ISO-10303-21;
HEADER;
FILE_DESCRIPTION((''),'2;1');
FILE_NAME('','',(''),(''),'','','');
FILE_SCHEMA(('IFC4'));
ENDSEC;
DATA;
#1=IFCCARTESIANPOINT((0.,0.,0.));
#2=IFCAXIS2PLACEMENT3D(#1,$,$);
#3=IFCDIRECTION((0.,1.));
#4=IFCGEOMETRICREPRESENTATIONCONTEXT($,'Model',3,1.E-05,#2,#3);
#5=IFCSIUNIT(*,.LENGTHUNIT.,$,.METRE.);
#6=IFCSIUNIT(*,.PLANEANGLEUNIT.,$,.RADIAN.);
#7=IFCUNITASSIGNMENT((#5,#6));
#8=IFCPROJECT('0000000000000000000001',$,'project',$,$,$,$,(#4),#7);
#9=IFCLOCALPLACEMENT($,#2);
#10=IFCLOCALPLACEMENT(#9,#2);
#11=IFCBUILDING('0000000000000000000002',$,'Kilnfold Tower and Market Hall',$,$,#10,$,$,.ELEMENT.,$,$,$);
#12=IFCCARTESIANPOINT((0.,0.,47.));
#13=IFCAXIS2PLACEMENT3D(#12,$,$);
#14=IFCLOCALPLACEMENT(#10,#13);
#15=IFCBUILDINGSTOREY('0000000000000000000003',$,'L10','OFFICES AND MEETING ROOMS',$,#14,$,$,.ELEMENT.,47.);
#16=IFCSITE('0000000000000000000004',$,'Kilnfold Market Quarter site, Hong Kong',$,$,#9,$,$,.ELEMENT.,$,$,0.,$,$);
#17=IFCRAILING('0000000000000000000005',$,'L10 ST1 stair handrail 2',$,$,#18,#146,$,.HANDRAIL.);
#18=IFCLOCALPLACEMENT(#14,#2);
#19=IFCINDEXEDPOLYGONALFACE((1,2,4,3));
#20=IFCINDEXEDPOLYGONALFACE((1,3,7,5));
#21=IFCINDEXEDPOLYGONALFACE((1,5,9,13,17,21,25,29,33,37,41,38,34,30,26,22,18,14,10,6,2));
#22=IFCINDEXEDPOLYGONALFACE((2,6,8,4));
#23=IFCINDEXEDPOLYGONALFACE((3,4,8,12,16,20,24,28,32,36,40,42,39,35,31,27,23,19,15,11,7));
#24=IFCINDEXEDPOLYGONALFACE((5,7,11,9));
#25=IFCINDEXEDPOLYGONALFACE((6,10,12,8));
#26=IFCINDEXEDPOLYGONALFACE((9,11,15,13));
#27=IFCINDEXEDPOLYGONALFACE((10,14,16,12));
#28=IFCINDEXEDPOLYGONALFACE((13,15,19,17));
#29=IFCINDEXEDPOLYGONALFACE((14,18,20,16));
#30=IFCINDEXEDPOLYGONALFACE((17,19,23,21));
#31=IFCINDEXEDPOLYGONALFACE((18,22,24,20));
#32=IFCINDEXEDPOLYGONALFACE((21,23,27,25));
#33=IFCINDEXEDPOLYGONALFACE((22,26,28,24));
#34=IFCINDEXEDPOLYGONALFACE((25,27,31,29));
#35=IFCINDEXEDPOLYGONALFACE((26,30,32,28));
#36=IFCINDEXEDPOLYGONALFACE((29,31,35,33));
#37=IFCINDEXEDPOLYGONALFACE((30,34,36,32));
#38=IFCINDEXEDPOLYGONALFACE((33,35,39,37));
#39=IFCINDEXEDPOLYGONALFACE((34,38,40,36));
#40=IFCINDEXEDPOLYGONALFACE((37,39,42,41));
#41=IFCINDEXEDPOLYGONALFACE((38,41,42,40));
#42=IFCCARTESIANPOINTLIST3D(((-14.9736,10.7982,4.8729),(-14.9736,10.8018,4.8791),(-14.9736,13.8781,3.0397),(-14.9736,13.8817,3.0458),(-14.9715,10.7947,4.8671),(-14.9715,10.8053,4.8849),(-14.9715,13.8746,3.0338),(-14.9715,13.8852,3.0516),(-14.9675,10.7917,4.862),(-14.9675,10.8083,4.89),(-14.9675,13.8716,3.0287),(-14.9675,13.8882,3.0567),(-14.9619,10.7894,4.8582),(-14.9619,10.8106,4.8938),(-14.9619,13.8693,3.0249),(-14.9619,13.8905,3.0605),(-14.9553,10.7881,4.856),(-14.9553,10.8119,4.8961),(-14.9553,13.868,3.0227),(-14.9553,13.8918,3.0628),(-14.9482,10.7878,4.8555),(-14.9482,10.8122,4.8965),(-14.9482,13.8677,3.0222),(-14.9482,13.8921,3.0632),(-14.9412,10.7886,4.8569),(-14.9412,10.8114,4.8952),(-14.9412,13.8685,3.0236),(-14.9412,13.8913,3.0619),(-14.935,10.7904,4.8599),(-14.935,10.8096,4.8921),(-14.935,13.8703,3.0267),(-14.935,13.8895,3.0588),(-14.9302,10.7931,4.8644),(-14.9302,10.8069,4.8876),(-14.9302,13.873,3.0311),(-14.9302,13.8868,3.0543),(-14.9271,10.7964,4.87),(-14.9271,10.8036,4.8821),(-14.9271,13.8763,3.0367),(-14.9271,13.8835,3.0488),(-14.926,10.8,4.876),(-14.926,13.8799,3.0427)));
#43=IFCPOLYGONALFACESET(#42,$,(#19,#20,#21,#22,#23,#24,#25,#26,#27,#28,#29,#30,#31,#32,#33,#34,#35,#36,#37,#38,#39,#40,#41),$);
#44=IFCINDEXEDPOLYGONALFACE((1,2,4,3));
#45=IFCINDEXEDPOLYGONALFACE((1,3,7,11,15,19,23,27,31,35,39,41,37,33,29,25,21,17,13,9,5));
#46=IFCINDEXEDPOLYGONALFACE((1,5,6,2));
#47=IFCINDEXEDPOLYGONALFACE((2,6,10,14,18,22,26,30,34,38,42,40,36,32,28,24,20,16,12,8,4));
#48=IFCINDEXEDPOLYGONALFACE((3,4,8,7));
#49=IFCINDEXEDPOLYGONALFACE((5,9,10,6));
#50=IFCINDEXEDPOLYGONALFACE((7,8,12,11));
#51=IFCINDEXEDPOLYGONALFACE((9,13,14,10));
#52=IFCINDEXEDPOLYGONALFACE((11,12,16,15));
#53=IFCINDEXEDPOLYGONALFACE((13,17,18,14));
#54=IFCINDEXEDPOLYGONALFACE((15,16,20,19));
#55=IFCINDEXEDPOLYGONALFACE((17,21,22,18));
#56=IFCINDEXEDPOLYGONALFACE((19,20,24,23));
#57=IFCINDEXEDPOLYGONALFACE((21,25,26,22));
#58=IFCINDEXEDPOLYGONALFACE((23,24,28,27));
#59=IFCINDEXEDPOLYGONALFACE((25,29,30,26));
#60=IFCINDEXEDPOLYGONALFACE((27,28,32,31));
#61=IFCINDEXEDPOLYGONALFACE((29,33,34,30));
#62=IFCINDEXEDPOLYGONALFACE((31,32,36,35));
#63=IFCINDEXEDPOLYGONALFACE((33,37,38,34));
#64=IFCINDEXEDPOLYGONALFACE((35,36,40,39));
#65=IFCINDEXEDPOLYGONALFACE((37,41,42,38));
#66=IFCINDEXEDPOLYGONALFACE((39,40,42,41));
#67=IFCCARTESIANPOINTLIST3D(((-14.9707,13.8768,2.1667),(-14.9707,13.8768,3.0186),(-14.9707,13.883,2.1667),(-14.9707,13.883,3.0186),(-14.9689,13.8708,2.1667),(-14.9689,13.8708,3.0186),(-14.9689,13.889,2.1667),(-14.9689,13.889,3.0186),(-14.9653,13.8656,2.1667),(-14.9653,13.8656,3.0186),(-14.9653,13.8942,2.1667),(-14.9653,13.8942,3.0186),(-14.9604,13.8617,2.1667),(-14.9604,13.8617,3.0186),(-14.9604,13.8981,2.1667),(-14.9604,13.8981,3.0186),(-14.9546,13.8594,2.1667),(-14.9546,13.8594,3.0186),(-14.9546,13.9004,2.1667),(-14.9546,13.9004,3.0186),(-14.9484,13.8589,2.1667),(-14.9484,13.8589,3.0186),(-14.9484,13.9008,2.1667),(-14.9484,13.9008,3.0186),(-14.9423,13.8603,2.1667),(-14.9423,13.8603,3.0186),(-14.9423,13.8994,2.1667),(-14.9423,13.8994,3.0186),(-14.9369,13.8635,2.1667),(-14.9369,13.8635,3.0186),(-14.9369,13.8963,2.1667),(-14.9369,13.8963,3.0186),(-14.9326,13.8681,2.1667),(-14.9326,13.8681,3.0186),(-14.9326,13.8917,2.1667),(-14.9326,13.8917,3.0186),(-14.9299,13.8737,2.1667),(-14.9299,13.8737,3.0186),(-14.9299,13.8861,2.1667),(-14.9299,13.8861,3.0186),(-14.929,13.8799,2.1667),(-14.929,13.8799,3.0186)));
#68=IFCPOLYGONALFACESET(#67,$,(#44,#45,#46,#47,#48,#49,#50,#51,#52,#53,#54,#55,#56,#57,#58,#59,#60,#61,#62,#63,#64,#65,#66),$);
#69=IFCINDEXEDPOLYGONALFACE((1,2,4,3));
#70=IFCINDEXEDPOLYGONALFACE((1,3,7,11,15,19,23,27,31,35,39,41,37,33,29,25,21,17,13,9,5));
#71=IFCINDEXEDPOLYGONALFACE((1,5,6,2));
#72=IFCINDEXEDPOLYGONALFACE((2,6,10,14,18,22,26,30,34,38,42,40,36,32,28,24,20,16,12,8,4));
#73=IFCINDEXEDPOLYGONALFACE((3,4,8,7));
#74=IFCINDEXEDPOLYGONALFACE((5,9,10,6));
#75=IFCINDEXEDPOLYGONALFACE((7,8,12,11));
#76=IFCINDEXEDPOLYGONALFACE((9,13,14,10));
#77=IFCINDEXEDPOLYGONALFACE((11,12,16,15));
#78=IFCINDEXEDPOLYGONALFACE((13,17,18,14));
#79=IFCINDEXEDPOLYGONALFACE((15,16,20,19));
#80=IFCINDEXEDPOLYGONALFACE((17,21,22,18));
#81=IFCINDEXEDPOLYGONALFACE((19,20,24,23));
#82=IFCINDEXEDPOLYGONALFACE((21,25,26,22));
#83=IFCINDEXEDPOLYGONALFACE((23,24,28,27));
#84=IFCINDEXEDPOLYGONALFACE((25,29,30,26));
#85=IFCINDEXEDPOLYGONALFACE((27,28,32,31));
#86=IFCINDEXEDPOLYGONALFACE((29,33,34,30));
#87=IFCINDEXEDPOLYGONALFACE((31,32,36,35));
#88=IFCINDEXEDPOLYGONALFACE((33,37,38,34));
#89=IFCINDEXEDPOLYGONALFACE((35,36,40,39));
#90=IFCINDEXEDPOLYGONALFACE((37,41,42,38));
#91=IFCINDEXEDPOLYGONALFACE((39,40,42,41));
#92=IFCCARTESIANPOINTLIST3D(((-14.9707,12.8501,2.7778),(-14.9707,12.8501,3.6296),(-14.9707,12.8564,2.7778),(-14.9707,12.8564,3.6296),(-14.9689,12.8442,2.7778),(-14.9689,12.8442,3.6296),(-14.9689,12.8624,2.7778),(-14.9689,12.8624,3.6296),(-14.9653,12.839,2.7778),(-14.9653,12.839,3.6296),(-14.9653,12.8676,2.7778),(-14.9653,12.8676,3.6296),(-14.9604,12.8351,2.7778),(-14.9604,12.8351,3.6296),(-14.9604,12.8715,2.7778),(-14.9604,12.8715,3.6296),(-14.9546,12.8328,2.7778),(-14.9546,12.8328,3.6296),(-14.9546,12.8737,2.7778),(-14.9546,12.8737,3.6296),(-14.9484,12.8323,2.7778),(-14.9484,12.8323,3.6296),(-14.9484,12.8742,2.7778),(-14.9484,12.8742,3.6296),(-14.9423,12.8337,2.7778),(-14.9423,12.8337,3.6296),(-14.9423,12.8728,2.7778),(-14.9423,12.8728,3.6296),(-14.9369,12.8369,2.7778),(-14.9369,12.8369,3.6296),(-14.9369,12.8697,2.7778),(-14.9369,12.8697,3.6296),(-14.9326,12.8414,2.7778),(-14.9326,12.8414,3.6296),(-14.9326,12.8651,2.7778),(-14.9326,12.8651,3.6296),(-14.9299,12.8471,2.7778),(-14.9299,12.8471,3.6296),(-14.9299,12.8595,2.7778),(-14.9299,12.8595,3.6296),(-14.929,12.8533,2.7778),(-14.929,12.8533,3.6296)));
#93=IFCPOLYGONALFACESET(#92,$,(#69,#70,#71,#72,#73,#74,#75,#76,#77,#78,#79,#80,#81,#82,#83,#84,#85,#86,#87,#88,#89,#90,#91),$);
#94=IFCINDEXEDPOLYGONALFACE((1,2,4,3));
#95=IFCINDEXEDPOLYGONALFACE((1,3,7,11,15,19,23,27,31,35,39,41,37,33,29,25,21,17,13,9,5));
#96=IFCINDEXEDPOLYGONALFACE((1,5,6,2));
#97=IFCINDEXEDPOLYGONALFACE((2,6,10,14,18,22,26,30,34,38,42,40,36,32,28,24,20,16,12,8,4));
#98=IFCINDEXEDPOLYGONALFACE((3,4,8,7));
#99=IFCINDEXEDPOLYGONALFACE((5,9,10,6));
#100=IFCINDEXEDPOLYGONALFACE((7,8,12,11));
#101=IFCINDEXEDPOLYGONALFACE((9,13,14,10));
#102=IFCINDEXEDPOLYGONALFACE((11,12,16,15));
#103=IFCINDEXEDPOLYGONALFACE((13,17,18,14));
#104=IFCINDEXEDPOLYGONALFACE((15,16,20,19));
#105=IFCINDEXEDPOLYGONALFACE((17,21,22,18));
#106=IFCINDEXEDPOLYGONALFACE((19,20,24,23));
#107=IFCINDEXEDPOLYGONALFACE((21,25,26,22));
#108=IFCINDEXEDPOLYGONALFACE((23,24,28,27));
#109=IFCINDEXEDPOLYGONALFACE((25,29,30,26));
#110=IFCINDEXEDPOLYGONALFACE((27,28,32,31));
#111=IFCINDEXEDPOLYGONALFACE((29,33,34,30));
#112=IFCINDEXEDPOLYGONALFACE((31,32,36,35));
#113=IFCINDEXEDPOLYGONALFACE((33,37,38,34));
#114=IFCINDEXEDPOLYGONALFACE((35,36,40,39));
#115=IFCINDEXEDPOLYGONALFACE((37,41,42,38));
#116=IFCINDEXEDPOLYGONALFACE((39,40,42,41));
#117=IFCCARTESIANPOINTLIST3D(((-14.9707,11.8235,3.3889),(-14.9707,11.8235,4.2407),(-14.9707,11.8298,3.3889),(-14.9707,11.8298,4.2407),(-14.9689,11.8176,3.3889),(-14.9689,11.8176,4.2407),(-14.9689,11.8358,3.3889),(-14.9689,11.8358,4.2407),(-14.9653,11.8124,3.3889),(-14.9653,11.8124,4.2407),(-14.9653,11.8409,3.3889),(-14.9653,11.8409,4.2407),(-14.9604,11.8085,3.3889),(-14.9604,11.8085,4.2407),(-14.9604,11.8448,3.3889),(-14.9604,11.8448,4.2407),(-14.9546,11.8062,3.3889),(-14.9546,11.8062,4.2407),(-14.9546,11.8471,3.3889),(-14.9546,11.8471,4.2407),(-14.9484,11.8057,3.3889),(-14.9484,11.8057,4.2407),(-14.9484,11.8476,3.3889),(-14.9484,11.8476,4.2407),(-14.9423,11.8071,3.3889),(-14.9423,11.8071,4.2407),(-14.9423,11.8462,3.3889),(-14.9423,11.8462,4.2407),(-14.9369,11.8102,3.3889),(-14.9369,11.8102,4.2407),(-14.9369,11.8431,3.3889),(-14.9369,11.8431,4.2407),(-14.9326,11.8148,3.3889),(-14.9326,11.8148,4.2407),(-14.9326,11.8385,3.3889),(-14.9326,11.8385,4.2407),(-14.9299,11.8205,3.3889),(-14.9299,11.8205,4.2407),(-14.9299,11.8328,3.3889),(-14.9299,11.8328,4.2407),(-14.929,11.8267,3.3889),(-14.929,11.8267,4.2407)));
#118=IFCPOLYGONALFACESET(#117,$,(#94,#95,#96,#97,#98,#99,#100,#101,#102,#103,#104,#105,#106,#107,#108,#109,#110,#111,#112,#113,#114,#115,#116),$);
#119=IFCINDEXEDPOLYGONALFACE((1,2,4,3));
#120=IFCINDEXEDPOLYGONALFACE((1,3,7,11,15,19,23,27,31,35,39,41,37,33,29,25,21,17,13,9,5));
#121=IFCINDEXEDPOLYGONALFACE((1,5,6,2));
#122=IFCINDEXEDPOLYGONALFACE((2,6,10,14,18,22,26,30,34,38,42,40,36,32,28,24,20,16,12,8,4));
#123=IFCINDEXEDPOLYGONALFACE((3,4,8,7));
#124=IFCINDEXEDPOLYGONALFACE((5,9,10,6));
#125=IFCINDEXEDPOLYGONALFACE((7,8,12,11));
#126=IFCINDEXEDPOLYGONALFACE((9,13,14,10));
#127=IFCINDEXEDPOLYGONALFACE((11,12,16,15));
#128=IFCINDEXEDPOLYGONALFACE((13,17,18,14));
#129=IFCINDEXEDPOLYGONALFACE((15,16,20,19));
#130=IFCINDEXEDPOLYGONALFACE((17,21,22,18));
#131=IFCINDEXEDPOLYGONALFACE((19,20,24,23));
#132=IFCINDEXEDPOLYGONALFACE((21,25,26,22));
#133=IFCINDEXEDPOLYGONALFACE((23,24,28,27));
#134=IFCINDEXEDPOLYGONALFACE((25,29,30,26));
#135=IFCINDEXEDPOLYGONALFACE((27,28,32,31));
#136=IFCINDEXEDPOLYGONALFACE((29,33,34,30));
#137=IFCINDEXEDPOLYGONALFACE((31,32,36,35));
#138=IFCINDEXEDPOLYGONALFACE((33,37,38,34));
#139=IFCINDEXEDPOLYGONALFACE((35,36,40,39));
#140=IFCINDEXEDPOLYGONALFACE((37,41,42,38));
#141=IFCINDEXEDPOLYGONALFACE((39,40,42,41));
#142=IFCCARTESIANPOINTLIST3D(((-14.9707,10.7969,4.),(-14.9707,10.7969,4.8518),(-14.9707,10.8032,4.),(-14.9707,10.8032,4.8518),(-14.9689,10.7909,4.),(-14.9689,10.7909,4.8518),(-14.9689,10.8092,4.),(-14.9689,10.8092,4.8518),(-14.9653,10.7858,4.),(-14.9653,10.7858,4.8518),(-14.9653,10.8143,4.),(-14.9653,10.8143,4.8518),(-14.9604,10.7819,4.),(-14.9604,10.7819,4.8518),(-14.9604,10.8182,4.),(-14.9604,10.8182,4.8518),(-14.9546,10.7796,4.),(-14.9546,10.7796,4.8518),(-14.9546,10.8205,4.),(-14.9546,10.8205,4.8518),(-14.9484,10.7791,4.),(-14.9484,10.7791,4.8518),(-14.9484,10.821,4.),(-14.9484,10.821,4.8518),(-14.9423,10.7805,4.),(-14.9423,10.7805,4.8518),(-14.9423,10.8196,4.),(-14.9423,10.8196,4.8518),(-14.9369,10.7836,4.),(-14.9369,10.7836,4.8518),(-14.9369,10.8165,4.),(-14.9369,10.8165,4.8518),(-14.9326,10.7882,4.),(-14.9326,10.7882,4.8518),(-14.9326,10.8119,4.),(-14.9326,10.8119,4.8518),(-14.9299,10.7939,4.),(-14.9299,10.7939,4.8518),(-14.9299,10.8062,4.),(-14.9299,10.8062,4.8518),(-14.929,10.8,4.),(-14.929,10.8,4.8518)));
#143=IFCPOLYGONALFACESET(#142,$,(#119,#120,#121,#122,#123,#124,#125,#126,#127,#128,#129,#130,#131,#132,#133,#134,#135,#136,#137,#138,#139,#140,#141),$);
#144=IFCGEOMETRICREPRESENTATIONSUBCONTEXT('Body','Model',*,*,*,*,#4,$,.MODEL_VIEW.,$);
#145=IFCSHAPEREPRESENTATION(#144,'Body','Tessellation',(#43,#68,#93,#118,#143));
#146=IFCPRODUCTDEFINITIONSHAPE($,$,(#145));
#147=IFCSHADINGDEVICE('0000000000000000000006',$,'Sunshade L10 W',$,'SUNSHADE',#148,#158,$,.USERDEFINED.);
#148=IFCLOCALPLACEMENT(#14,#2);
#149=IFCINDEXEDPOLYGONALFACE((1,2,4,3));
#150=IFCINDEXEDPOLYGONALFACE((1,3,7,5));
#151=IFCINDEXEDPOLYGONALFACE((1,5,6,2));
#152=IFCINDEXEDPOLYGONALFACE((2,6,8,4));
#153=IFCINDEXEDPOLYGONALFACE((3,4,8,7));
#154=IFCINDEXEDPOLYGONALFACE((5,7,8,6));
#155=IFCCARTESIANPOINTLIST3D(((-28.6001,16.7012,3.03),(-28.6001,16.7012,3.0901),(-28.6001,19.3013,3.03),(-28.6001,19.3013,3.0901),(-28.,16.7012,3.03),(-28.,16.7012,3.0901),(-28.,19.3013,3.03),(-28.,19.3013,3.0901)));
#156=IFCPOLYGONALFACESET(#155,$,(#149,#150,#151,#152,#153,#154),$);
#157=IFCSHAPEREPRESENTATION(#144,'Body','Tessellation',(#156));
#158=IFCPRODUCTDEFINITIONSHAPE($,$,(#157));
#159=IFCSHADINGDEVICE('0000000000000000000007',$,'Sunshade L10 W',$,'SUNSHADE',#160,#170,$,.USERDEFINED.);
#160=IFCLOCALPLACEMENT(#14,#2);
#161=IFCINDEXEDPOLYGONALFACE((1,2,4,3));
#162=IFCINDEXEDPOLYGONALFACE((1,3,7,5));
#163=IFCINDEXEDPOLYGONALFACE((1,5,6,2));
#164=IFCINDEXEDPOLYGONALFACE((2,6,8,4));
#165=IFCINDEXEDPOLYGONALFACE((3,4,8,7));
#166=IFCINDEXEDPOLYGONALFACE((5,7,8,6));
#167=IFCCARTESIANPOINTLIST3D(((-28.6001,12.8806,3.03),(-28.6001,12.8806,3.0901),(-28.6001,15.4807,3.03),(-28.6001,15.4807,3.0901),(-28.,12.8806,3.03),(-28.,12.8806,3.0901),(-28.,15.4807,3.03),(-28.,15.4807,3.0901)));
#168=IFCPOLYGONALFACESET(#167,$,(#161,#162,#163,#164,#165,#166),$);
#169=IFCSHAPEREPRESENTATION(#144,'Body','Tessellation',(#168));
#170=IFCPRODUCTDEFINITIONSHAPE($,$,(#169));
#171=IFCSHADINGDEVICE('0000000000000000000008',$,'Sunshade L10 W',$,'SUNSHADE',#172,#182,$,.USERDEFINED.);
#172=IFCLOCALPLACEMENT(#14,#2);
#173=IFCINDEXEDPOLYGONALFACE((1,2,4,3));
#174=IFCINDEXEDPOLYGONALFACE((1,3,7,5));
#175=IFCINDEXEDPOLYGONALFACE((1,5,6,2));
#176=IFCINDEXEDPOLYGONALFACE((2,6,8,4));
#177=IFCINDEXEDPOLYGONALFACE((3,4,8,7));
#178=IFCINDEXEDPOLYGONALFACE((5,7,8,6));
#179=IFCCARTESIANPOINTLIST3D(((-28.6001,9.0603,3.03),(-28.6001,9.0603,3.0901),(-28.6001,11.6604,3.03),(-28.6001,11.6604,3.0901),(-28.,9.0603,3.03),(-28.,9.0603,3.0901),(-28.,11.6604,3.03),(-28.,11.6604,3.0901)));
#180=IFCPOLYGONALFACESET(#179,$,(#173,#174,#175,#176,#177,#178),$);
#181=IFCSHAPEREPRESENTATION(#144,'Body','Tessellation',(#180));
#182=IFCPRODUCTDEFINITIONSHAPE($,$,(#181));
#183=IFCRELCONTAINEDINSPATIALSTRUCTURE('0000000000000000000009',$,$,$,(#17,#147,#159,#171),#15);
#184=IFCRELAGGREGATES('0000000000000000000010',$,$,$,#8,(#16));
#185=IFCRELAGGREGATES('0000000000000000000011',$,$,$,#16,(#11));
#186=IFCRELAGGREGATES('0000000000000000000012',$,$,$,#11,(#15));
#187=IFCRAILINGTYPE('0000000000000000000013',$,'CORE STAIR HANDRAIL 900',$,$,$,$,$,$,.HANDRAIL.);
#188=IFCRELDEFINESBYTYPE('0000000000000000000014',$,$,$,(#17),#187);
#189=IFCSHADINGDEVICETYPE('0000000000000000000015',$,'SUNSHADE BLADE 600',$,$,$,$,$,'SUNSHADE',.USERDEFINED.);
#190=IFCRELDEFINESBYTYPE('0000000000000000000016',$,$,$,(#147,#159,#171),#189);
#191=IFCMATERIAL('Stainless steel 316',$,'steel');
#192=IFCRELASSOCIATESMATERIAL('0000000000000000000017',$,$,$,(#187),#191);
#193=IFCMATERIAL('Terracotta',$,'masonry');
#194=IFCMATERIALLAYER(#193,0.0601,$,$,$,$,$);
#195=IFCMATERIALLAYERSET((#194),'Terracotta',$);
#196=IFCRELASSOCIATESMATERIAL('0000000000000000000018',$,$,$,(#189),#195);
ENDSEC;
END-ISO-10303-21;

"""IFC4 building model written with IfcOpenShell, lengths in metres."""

from ifc_helpers import new_model, si_unit, direction, frame, origin, origin_2d, place, context, subcontext, project, spatial, rectangle, circle, extrude, source, transform, mapped, material, layer, layer_set, type_object, element, save


model = new_model("IFC4")

# Units and contexts
model_context = context("Model", 3, precision=1e-05, world=origin(), true_north=direction((0.0, 1.0)))
body_context = subcontext(model_context, "Body", "Model", "MODEL_VIEW")
ifc_project = project(units=[si_unit("LENGTHUNIT", "METRE"), si_unit("PLANEANGLEUNIT", "RADIAN")], contexts=[model_context])

# Site, building, storey
site_placement = place(None, origin())
site = spatial("IfcSite", under=ifc_project, at=site_placement, Name="Kilnfold Market Quarter site, Hong Kong", CompositionType="ELEMENT", RefElevation=0.0)
building_placement = place(site_placement, origin())
building = spatial("IfcBuilding", under=site, at=building_placement, Name="Kilnfold Tower and Market Hall", CompositionType="ELEMENT")
storey_placement = place(building_placement, frame((0.0, 0.0, 47.0)))
storey = spatial("IfcBuildingStorey", under=building, at=storey_placement, Name="L10", Description="OFFICES AND MEETING ROOMS", CompositionType="ELEMENT", Elevation=47.0)

# Railing
ifc_material_1 = material(Name="Stainless steel 316", Category="steel")
railing_type_1 = type_object("IfcRailingType", Name="CORE STAIR HANDRAIL 900", PredefinedType="HANDRAIL", material=ifc_material_1)
railing_1_placement = place(storey_placement, frame((-14.95, 13.8799, 2.1667)))
element("IfcRailing", 1, at=railing_1_placement, inside=storey, type_object=railing_type_1, Name="L10 ST1 stair handrail 2", PredefinedType="HANDRAIL", context=body_context, shape_type="SweptSolid", body=[
    extrude(circle(Radius=0.0239, at=origin_2d()), frame((0.0, 0.0, 0.876), z_axis=(0.0, -0.859291, 0.511487), x_axis=(1.0, 0.0, 0.0)), (0.0, 0.0, 1.0), 3.5842),
    extrude(circle(Radius=0.021, at=origin_2d()), origin(), (0.0, 0.0, 1.0), 0.8518),
    extrude(circle(Radius=0.021, at=origin_2d()), frame((0.0, -1.0266, 0.6111)), (0.0, 0.0, 1.0), 0.8518),
    extrude(circle(Radius=0.021, at=origin_2d()), frame((0.0, -2.0532, 1.2222)), (0.0, 0.0, 1.0), 0.8518),
    extrude(circle(Radius=0.021, at=origin_2d()), frame((0.0, -3.0798, 1.8333)), (0.0, 0.0, 1.0), 0.8518),
])

# Shading devices
ifc_material_2 = material(Name="Terracotta", Category="masonry")
ifc_layer_1 = layer(ifc_material_2, 0.0601)
ifc_layer_set_1 = layer_set([ifc_layer_1], Name="Terracotta")
shading_device_type = type_object("IfcShadingDeviceType", Name="SUNSHADE BLADE 600", ElementType="SUNSHADE", PredefinedType="USERDEFINED", material=ifc_layer_set_1)
shared_shape_1 = source(origin(), body_context, "Body", "SweptSolid", [
    extrude(rectangle(XDim=2.6001, YDim=0.6001, at=origin_2d()), origin(), (0.0, 0.0, 1.0), 0.0601),
])
for number, where, z_axis, x_axis, name in (
    (2, (-28.3, 18.0012, 3.03), (0.0, 0.0, 1.0), (0.0, -1.0, 0.0), "Sunshade L10 W"),
    (3, (-28.3, 14.1807, 3.03), (0.0, 0.0, 1.0), (0.0, -1.0, 0.0), "Sunshade L10 W"),
    (4, (-28.3, 10.3604, 3.03), (0.0, 0.0, 1.0), (0.0, -1.0, 0.0), "Sunshade L10 W"),
):
    element("IfcShadingDevice", number, at=place(storey_placement, frame(where, z_axis=z_axis, x_axis=x_axis)), inside=storey, type_object=shading_device_type, Name=name, ObjectType="SUNSHADE", PredefinedType="USERDEFINED", context=body_context, shape_type="MappedRepresentation", body=[
        mapped(shared_shape_1, transform((0.0, 0.0, 0.0))),
    ])

save(model, "model.ifc")
